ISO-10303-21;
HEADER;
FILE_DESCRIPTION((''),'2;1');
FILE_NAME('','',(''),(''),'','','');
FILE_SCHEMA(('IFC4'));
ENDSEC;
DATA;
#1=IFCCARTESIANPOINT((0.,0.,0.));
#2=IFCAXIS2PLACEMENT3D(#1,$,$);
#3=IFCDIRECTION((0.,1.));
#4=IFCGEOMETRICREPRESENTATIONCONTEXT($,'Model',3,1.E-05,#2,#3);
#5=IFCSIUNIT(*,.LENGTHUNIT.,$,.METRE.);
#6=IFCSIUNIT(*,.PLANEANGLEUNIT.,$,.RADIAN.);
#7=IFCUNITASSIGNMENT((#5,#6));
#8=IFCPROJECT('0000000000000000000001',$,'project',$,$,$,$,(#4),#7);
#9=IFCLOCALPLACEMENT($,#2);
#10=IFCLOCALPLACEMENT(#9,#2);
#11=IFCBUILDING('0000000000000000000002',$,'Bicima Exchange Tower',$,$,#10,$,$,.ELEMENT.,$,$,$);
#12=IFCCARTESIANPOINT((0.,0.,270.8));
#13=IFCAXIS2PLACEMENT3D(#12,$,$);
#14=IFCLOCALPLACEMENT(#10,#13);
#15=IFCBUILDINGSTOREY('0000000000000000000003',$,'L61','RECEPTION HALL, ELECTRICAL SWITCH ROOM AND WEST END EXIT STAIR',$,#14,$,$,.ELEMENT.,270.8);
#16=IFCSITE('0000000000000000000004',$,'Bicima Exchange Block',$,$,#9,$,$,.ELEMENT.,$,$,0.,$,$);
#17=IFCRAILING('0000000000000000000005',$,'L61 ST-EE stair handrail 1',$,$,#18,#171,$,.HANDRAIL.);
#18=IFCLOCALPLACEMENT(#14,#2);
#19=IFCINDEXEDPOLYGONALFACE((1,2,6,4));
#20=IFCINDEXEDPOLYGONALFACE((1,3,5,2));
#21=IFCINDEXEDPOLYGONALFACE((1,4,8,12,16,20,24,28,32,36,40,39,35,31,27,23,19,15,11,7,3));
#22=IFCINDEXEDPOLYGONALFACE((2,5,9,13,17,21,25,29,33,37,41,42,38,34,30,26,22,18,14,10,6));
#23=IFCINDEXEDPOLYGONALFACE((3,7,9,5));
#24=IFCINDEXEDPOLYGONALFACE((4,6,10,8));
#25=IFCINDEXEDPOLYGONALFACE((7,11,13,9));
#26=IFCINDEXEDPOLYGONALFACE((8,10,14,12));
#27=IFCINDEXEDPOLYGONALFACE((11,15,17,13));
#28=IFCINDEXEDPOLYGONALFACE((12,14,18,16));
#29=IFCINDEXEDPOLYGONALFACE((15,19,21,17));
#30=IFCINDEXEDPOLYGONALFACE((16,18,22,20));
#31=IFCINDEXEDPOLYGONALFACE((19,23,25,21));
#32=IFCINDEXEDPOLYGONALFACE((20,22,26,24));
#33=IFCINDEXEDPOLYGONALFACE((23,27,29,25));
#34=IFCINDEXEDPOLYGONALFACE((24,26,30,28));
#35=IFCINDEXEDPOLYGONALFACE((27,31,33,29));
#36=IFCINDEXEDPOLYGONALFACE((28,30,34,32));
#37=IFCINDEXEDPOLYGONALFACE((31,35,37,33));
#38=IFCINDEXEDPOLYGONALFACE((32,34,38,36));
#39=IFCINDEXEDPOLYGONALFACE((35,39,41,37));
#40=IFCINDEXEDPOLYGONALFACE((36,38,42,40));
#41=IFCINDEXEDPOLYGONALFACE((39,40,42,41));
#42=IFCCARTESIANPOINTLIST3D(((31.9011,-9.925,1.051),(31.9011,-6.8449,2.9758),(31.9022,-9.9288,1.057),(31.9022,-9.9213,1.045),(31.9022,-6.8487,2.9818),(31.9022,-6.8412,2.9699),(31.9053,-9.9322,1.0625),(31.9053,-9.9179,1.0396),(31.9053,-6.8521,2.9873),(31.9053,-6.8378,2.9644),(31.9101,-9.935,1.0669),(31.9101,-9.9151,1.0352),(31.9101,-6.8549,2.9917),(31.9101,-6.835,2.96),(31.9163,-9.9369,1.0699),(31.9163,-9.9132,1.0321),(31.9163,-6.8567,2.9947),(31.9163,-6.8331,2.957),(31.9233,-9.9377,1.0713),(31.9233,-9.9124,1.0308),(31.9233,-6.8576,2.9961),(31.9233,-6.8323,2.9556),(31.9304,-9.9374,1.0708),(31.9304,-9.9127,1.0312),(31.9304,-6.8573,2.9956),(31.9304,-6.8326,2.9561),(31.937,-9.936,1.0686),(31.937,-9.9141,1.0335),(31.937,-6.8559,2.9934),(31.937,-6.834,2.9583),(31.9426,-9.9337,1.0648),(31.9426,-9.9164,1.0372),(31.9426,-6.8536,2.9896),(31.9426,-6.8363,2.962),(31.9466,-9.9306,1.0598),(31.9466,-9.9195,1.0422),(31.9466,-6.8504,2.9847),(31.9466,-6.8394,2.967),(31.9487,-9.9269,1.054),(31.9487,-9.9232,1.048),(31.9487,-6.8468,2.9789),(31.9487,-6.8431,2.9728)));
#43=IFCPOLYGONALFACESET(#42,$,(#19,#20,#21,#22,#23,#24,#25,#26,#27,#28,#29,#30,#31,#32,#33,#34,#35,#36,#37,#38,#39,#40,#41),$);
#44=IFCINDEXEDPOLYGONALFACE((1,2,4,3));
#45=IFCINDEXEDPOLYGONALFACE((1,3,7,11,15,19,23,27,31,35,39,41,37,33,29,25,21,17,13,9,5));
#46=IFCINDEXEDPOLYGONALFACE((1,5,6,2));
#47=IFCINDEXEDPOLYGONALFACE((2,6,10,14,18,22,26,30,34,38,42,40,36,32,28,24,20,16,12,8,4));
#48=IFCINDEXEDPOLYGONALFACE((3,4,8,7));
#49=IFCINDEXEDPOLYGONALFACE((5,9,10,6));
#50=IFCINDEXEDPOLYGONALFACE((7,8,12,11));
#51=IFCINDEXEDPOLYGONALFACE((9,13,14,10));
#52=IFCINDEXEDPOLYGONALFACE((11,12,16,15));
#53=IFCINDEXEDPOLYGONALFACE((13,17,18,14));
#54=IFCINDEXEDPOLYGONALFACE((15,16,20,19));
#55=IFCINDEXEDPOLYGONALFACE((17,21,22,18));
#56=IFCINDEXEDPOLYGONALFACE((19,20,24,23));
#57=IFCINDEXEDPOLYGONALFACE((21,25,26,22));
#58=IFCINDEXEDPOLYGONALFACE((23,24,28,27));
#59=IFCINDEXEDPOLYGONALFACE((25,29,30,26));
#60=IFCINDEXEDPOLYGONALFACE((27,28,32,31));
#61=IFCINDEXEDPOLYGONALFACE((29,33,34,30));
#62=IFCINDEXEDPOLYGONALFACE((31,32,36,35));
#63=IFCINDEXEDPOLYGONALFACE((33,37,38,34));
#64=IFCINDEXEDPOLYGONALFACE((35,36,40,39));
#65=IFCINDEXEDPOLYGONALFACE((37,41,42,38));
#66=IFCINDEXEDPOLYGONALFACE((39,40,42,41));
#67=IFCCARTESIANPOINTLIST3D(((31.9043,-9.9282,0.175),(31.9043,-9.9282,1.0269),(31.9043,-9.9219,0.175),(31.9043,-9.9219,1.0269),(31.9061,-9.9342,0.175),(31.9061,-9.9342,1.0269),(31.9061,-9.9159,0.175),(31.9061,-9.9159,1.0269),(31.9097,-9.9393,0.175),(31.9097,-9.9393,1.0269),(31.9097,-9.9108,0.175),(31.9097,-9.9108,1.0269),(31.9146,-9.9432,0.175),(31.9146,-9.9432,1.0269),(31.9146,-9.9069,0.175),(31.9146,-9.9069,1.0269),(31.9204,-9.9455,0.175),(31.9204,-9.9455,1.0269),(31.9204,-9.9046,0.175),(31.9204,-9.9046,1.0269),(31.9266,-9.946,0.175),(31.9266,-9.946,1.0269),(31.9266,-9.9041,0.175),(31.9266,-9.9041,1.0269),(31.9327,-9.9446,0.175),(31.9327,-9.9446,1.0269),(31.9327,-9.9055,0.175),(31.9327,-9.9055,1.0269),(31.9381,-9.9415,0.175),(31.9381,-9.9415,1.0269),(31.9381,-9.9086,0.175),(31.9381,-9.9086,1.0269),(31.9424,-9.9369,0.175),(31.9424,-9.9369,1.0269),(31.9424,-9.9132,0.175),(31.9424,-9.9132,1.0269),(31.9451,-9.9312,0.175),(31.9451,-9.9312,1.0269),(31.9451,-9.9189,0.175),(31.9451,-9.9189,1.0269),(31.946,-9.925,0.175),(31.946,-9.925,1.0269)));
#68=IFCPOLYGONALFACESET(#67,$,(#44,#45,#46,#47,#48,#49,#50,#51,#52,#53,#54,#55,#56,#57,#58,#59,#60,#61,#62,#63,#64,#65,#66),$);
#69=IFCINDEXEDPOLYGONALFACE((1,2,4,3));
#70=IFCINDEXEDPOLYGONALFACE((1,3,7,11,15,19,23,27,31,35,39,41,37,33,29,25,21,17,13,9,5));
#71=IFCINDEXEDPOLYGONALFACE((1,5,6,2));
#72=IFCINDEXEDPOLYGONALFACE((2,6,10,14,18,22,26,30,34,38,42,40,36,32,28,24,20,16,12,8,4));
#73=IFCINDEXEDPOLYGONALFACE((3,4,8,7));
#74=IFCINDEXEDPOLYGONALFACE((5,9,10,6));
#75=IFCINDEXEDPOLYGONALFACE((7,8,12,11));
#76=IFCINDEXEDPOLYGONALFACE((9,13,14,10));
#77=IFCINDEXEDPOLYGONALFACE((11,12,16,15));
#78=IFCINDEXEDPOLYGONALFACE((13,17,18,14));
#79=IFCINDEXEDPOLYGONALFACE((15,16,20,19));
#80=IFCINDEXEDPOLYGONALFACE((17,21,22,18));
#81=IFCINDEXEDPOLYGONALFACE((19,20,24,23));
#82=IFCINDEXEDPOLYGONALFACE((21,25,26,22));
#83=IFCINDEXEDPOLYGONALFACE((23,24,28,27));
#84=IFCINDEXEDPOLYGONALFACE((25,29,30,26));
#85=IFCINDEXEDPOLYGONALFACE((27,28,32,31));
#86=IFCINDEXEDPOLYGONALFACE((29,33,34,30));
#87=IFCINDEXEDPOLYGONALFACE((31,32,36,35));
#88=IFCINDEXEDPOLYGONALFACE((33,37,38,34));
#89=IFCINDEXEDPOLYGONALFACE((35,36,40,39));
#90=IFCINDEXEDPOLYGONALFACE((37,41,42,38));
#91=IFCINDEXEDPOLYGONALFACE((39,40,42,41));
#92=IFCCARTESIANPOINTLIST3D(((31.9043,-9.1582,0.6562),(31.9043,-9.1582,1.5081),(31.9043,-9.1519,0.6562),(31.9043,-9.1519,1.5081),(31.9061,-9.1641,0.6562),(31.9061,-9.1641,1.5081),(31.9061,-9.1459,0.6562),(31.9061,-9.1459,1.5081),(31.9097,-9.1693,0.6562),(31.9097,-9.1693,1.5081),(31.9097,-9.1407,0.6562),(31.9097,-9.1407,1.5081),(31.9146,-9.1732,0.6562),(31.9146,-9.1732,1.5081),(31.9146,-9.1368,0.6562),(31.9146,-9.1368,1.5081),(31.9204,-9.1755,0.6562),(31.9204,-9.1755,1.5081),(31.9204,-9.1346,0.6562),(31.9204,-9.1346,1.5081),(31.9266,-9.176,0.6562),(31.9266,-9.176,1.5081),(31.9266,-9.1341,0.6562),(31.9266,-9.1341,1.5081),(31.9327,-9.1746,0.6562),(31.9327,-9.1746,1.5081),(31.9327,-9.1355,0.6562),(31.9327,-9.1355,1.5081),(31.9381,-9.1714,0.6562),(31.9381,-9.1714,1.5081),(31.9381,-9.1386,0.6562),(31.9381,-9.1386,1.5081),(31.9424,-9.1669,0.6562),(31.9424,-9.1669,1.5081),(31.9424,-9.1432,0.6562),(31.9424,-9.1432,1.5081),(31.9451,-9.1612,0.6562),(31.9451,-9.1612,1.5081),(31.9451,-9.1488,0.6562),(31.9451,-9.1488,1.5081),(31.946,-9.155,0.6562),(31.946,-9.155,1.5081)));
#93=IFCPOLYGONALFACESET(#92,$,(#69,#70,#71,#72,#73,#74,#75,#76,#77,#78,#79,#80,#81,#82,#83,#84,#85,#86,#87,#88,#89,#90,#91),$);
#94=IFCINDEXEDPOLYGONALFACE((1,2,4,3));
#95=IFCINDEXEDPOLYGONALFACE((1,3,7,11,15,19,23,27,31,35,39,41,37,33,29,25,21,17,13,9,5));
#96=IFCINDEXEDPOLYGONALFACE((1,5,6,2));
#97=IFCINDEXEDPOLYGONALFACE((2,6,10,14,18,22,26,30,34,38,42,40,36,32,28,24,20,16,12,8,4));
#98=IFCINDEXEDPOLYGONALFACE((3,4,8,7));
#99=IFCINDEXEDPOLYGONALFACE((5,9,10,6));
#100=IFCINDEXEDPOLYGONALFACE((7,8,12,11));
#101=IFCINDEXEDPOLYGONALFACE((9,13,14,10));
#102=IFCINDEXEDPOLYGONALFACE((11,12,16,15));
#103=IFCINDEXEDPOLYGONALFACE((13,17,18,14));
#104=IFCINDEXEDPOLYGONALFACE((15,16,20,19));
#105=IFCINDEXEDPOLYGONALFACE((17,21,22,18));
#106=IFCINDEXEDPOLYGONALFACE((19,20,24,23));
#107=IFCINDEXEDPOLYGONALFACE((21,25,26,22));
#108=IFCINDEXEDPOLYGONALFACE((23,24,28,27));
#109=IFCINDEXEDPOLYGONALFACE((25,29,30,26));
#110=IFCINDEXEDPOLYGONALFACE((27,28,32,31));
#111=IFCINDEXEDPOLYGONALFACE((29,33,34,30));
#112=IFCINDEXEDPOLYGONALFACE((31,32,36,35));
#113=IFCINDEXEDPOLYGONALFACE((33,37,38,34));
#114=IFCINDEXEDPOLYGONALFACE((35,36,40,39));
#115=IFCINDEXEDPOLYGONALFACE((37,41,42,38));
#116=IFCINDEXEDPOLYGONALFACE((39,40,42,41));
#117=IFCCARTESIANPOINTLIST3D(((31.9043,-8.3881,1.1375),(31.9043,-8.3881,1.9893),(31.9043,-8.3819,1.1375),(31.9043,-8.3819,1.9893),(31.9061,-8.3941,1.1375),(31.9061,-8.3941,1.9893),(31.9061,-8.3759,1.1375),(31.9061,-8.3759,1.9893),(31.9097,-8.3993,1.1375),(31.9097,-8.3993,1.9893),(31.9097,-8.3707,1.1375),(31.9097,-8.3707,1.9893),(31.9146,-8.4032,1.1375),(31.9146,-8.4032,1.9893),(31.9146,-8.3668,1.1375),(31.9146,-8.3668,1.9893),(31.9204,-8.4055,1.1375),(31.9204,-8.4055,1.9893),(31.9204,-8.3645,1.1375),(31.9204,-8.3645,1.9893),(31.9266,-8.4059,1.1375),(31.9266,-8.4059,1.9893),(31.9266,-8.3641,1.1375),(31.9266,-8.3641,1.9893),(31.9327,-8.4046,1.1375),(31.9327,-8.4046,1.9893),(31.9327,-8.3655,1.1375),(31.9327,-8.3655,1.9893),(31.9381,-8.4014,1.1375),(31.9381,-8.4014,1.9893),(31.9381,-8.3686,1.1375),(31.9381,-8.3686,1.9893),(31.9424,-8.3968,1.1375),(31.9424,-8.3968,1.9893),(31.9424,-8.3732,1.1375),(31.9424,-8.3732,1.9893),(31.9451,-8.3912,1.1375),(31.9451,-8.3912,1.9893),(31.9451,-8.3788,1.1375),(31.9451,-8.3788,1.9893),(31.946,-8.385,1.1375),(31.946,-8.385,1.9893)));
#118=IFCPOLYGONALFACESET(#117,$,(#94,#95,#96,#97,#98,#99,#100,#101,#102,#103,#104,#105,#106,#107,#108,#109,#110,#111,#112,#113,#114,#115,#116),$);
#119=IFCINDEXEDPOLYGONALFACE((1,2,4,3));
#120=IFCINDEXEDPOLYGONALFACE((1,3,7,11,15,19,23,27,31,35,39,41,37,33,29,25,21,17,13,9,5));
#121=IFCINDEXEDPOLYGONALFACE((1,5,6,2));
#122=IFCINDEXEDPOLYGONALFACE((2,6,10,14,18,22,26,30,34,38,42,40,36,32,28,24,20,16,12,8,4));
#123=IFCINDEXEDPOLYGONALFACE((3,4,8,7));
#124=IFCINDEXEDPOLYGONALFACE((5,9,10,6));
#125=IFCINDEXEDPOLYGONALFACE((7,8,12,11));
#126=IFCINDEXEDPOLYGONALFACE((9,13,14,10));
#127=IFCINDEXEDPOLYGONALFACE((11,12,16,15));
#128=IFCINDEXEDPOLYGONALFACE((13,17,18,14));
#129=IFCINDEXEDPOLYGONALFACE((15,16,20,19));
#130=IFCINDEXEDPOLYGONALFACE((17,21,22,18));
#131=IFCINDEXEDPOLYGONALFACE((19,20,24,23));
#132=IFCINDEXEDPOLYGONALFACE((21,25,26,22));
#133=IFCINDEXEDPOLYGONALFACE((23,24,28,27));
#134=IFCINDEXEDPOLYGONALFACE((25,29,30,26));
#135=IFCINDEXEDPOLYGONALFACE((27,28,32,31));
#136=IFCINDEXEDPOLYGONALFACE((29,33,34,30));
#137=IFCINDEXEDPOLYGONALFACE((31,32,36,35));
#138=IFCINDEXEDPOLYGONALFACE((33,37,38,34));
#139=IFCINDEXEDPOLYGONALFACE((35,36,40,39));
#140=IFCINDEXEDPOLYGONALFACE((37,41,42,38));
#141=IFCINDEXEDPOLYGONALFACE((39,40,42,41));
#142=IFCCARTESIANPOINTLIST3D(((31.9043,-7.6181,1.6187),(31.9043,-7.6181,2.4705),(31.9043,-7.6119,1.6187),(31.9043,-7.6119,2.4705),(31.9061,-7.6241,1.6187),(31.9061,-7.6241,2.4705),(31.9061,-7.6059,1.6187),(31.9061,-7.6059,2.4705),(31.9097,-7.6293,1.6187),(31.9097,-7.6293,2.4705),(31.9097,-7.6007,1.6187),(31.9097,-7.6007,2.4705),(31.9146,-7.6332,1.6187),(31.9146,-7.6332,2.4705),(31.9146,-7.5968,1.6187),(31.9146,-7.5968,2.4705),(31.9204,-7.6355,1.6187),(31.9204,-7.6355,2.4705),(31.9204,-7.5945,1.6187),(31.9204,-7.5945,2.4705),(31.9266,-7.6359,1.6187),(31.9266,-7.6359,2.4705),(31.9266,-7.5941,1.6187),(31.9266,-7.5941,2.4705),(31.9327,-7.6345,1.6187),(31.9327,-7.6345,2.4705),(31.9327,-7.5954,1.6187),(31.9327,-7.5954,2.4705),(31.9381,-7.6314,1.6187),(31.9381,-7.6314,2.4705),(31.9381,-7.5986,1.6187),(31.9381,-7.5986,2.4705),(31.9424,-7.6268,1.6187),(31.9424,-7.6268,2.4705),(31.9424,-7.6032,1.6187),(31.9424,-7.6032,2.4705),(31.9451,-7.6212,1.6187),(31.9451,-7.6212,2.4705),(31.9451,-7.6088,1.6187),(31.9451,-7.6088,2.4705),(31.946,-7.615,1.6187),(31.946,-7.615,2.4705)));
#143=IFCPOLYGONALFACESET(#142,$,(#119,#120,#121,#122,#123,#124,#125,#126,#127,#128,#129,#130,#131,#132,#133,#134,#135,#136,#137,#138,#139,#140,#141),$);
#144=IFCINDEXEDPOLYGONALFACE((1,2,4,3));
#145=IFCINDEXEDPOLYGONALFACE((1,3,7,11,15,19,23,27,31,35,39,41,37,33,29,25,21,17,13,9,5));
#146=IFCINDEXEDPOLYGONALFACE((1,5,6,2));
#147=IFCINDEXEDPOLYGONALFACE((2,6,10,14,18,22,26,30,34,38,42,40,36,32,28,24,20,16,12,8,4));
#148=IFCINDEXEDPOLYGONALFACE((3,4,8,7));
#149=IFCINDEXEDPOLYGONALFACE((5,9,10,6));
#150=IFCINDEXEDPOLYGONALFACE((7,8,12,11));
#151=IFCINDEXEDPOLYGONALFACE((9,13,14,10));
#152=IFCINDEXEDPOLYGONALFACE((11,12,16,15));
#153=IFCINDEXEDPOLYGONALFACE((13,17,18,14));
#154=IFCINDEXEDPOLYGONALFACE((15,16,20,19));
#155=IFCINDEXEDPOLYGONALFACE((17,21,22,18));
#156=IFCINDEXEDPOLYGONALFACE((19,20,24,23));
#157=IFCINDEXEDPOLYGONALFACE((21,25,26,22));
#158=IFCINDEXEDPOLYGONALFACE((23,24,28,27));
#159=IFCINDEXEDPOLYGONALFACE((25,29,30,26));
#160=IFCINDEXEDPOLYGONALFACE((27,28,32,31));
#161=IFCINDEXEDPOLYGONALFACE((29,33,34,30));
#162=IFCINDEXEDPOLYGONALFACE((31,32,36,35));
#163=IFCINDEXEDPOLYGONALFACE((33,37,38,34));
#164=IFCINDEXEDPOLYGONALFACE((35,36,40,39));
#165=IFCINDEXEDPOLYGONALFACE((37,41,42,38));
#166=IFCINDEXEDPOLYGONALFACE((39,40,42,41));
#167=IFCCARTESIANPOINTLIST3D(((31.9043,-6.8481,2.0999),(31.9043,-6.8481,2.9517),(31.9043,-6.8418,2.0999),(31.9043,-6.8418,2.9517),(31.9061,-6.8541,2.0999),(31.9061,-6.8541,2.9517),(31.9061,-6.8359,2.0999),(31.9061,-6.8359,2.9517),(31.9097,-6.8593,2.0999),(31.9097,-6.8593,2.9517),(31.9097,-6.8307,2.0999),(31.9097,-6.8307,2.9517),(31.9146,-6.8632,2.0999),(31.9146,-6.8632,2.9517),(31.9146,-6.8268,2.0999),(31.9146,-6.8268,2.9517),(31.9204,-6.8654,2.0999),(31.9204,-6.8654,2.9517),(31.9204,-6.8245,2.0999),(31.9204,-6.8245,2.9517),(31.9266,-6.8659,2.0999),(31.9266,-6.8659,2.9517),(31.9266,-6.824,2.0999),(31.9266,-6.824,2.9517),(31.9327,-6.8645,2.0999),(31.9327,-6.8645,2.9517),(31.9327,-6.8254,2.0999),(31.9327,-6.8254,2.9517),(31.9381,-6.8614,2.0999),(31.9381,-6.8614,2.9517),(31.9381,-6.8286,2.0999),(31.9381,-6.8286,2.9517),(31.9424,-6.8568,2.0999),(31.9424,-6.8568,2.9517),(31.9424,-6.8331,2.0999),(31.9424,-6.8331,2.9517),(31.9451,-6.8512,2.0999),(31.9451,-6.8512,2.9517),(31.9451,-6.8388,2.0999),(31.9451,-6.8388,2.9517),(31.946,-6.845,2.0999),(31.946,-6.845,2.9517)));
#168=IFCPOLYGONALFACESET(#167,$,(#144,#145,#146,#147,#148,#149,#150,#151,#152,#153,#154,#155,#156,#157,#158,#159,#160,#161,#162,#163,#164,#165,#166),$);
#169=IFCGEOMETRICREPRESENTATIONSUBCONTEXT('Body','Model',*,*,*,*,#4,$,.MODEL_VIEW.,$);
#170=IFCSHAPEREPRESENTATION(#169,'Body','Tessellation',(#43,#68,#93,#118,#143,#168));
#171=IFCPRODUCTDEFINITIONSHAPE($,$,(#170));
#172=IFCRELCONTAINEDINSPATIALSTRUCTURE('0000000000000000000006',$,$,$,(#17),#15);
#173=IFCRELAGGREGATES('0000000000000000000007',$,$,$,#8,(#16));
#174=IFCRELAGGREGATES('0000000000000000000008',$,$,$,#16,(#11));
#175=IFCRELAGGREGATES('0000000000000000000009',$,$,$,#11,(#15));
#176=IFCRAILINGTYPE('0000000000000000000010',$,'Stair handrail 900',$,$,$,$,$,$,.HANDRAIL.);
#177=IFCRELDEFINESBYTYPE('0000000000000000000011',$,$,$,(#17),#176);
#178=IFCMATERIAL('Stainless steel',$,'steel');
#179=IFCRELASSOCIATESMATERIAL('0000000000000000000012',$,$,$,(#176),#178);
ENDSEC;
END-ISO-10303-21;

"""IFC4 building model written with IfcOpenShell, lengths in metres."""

from ifc_helpers import new_model, si_unit, direction, frame, origin, origin_2d, place, context, subcontext, project, spatial, circle, extrude, material, type_object, element, save


model = new_model("IFC4")

# Units and contexts
model_context = context("Model", 3, precision=1e-05, world=origin(), true_north=direction((0.0, 1.0)))
body_context = subcontext(model_context, "Body", "Model", "MODEL_VIEW")
ifc_project = project(units=[si_unit("LENGTHUNIT", "METRE"), si_unit("PLANEANGLEUNIT", "RADIAN")], contexts=[model_context])

# Site, building, storey
site_placement = place(None, origin())
site = spatial("IfcSite", under=ifc_project, at=site_placement, Name="Bicima Exchange Block", CompositionType="ELEMENT", RefElevation=0.0)
building_placement = place(site_placement, origin())
building = spatial("IfcBuilding", under=site, at=building_placement, Name="Bicima Exchange Tower", CompositionType="ELEMENT")
storey_placement = place(building_placement, frame((0.0, 0.0, 270.8)))
storey = spatial("IfcBuildingStorey", under=building, at=storey_placement, Name="L61", Description="RECEPTION HALL, ELECTRICAL SWITCH ROOM AND WEST END EXIT STAIR", CompositionType="ELEMENT", Elevation=270.8)

# Railing
ifc_material_1 = material(Name="Stainless steel", Category="steel")
railing_type = type_object("IfcRailingType", Name="Stair handrail 900", PredefinedType="HANDRAIL", material=ifc_material_1)
railing_placement = place(storey_placement, frame((31.925, -9.925, 0.175)))
element("IfcRailing", 1, at=railing_placement, inside=storey, type_object=railing_type, Name="L61 ST-EE stair handrail 1", PredefinedType="HANDRAIL", context=body_context, shape_type="SweptSolid", body=[
    extrude(circle(Radius=0.0239, at=origin_2d()), frame((0.0, 0.0, 0.876), z_axis=(0.0, 0.848029, 0.529951), x_axis=(-1.0, 0.0, 0.0)), (0.0, 0.0, 1.0), 3.6321),
    extrude(circle(Radius=0.021, at=origin_2d()), origin(), (0.0, 0.0, 1.0), 0.8518),
    extrude(circle(Radius=0.021, at=origin_2d()), frame((0.0, 0.77, 0.4812)), (0.0, 0.0, 1.0), 0.8518),
    extrude(circle(Radius=0.021, at=origin_2d()), frame((0.0, 1.54, 0.9624)), (0.0, 0.0, 1.0), 0.8518),
    extrude(circle(Radius=0.021, at=origin_2d()), frame((0.0, 2.3101, 1.4436)), (0.0, 0.0, 1.0), 0.8518),
    extrude(circle(Radius=0.021, at=origin_2d()), frame((0.0, 3.0801, 1.9248)), (0.0, 0.0, 1.0), 0.8518),
])

save(model, "model.ifc")
